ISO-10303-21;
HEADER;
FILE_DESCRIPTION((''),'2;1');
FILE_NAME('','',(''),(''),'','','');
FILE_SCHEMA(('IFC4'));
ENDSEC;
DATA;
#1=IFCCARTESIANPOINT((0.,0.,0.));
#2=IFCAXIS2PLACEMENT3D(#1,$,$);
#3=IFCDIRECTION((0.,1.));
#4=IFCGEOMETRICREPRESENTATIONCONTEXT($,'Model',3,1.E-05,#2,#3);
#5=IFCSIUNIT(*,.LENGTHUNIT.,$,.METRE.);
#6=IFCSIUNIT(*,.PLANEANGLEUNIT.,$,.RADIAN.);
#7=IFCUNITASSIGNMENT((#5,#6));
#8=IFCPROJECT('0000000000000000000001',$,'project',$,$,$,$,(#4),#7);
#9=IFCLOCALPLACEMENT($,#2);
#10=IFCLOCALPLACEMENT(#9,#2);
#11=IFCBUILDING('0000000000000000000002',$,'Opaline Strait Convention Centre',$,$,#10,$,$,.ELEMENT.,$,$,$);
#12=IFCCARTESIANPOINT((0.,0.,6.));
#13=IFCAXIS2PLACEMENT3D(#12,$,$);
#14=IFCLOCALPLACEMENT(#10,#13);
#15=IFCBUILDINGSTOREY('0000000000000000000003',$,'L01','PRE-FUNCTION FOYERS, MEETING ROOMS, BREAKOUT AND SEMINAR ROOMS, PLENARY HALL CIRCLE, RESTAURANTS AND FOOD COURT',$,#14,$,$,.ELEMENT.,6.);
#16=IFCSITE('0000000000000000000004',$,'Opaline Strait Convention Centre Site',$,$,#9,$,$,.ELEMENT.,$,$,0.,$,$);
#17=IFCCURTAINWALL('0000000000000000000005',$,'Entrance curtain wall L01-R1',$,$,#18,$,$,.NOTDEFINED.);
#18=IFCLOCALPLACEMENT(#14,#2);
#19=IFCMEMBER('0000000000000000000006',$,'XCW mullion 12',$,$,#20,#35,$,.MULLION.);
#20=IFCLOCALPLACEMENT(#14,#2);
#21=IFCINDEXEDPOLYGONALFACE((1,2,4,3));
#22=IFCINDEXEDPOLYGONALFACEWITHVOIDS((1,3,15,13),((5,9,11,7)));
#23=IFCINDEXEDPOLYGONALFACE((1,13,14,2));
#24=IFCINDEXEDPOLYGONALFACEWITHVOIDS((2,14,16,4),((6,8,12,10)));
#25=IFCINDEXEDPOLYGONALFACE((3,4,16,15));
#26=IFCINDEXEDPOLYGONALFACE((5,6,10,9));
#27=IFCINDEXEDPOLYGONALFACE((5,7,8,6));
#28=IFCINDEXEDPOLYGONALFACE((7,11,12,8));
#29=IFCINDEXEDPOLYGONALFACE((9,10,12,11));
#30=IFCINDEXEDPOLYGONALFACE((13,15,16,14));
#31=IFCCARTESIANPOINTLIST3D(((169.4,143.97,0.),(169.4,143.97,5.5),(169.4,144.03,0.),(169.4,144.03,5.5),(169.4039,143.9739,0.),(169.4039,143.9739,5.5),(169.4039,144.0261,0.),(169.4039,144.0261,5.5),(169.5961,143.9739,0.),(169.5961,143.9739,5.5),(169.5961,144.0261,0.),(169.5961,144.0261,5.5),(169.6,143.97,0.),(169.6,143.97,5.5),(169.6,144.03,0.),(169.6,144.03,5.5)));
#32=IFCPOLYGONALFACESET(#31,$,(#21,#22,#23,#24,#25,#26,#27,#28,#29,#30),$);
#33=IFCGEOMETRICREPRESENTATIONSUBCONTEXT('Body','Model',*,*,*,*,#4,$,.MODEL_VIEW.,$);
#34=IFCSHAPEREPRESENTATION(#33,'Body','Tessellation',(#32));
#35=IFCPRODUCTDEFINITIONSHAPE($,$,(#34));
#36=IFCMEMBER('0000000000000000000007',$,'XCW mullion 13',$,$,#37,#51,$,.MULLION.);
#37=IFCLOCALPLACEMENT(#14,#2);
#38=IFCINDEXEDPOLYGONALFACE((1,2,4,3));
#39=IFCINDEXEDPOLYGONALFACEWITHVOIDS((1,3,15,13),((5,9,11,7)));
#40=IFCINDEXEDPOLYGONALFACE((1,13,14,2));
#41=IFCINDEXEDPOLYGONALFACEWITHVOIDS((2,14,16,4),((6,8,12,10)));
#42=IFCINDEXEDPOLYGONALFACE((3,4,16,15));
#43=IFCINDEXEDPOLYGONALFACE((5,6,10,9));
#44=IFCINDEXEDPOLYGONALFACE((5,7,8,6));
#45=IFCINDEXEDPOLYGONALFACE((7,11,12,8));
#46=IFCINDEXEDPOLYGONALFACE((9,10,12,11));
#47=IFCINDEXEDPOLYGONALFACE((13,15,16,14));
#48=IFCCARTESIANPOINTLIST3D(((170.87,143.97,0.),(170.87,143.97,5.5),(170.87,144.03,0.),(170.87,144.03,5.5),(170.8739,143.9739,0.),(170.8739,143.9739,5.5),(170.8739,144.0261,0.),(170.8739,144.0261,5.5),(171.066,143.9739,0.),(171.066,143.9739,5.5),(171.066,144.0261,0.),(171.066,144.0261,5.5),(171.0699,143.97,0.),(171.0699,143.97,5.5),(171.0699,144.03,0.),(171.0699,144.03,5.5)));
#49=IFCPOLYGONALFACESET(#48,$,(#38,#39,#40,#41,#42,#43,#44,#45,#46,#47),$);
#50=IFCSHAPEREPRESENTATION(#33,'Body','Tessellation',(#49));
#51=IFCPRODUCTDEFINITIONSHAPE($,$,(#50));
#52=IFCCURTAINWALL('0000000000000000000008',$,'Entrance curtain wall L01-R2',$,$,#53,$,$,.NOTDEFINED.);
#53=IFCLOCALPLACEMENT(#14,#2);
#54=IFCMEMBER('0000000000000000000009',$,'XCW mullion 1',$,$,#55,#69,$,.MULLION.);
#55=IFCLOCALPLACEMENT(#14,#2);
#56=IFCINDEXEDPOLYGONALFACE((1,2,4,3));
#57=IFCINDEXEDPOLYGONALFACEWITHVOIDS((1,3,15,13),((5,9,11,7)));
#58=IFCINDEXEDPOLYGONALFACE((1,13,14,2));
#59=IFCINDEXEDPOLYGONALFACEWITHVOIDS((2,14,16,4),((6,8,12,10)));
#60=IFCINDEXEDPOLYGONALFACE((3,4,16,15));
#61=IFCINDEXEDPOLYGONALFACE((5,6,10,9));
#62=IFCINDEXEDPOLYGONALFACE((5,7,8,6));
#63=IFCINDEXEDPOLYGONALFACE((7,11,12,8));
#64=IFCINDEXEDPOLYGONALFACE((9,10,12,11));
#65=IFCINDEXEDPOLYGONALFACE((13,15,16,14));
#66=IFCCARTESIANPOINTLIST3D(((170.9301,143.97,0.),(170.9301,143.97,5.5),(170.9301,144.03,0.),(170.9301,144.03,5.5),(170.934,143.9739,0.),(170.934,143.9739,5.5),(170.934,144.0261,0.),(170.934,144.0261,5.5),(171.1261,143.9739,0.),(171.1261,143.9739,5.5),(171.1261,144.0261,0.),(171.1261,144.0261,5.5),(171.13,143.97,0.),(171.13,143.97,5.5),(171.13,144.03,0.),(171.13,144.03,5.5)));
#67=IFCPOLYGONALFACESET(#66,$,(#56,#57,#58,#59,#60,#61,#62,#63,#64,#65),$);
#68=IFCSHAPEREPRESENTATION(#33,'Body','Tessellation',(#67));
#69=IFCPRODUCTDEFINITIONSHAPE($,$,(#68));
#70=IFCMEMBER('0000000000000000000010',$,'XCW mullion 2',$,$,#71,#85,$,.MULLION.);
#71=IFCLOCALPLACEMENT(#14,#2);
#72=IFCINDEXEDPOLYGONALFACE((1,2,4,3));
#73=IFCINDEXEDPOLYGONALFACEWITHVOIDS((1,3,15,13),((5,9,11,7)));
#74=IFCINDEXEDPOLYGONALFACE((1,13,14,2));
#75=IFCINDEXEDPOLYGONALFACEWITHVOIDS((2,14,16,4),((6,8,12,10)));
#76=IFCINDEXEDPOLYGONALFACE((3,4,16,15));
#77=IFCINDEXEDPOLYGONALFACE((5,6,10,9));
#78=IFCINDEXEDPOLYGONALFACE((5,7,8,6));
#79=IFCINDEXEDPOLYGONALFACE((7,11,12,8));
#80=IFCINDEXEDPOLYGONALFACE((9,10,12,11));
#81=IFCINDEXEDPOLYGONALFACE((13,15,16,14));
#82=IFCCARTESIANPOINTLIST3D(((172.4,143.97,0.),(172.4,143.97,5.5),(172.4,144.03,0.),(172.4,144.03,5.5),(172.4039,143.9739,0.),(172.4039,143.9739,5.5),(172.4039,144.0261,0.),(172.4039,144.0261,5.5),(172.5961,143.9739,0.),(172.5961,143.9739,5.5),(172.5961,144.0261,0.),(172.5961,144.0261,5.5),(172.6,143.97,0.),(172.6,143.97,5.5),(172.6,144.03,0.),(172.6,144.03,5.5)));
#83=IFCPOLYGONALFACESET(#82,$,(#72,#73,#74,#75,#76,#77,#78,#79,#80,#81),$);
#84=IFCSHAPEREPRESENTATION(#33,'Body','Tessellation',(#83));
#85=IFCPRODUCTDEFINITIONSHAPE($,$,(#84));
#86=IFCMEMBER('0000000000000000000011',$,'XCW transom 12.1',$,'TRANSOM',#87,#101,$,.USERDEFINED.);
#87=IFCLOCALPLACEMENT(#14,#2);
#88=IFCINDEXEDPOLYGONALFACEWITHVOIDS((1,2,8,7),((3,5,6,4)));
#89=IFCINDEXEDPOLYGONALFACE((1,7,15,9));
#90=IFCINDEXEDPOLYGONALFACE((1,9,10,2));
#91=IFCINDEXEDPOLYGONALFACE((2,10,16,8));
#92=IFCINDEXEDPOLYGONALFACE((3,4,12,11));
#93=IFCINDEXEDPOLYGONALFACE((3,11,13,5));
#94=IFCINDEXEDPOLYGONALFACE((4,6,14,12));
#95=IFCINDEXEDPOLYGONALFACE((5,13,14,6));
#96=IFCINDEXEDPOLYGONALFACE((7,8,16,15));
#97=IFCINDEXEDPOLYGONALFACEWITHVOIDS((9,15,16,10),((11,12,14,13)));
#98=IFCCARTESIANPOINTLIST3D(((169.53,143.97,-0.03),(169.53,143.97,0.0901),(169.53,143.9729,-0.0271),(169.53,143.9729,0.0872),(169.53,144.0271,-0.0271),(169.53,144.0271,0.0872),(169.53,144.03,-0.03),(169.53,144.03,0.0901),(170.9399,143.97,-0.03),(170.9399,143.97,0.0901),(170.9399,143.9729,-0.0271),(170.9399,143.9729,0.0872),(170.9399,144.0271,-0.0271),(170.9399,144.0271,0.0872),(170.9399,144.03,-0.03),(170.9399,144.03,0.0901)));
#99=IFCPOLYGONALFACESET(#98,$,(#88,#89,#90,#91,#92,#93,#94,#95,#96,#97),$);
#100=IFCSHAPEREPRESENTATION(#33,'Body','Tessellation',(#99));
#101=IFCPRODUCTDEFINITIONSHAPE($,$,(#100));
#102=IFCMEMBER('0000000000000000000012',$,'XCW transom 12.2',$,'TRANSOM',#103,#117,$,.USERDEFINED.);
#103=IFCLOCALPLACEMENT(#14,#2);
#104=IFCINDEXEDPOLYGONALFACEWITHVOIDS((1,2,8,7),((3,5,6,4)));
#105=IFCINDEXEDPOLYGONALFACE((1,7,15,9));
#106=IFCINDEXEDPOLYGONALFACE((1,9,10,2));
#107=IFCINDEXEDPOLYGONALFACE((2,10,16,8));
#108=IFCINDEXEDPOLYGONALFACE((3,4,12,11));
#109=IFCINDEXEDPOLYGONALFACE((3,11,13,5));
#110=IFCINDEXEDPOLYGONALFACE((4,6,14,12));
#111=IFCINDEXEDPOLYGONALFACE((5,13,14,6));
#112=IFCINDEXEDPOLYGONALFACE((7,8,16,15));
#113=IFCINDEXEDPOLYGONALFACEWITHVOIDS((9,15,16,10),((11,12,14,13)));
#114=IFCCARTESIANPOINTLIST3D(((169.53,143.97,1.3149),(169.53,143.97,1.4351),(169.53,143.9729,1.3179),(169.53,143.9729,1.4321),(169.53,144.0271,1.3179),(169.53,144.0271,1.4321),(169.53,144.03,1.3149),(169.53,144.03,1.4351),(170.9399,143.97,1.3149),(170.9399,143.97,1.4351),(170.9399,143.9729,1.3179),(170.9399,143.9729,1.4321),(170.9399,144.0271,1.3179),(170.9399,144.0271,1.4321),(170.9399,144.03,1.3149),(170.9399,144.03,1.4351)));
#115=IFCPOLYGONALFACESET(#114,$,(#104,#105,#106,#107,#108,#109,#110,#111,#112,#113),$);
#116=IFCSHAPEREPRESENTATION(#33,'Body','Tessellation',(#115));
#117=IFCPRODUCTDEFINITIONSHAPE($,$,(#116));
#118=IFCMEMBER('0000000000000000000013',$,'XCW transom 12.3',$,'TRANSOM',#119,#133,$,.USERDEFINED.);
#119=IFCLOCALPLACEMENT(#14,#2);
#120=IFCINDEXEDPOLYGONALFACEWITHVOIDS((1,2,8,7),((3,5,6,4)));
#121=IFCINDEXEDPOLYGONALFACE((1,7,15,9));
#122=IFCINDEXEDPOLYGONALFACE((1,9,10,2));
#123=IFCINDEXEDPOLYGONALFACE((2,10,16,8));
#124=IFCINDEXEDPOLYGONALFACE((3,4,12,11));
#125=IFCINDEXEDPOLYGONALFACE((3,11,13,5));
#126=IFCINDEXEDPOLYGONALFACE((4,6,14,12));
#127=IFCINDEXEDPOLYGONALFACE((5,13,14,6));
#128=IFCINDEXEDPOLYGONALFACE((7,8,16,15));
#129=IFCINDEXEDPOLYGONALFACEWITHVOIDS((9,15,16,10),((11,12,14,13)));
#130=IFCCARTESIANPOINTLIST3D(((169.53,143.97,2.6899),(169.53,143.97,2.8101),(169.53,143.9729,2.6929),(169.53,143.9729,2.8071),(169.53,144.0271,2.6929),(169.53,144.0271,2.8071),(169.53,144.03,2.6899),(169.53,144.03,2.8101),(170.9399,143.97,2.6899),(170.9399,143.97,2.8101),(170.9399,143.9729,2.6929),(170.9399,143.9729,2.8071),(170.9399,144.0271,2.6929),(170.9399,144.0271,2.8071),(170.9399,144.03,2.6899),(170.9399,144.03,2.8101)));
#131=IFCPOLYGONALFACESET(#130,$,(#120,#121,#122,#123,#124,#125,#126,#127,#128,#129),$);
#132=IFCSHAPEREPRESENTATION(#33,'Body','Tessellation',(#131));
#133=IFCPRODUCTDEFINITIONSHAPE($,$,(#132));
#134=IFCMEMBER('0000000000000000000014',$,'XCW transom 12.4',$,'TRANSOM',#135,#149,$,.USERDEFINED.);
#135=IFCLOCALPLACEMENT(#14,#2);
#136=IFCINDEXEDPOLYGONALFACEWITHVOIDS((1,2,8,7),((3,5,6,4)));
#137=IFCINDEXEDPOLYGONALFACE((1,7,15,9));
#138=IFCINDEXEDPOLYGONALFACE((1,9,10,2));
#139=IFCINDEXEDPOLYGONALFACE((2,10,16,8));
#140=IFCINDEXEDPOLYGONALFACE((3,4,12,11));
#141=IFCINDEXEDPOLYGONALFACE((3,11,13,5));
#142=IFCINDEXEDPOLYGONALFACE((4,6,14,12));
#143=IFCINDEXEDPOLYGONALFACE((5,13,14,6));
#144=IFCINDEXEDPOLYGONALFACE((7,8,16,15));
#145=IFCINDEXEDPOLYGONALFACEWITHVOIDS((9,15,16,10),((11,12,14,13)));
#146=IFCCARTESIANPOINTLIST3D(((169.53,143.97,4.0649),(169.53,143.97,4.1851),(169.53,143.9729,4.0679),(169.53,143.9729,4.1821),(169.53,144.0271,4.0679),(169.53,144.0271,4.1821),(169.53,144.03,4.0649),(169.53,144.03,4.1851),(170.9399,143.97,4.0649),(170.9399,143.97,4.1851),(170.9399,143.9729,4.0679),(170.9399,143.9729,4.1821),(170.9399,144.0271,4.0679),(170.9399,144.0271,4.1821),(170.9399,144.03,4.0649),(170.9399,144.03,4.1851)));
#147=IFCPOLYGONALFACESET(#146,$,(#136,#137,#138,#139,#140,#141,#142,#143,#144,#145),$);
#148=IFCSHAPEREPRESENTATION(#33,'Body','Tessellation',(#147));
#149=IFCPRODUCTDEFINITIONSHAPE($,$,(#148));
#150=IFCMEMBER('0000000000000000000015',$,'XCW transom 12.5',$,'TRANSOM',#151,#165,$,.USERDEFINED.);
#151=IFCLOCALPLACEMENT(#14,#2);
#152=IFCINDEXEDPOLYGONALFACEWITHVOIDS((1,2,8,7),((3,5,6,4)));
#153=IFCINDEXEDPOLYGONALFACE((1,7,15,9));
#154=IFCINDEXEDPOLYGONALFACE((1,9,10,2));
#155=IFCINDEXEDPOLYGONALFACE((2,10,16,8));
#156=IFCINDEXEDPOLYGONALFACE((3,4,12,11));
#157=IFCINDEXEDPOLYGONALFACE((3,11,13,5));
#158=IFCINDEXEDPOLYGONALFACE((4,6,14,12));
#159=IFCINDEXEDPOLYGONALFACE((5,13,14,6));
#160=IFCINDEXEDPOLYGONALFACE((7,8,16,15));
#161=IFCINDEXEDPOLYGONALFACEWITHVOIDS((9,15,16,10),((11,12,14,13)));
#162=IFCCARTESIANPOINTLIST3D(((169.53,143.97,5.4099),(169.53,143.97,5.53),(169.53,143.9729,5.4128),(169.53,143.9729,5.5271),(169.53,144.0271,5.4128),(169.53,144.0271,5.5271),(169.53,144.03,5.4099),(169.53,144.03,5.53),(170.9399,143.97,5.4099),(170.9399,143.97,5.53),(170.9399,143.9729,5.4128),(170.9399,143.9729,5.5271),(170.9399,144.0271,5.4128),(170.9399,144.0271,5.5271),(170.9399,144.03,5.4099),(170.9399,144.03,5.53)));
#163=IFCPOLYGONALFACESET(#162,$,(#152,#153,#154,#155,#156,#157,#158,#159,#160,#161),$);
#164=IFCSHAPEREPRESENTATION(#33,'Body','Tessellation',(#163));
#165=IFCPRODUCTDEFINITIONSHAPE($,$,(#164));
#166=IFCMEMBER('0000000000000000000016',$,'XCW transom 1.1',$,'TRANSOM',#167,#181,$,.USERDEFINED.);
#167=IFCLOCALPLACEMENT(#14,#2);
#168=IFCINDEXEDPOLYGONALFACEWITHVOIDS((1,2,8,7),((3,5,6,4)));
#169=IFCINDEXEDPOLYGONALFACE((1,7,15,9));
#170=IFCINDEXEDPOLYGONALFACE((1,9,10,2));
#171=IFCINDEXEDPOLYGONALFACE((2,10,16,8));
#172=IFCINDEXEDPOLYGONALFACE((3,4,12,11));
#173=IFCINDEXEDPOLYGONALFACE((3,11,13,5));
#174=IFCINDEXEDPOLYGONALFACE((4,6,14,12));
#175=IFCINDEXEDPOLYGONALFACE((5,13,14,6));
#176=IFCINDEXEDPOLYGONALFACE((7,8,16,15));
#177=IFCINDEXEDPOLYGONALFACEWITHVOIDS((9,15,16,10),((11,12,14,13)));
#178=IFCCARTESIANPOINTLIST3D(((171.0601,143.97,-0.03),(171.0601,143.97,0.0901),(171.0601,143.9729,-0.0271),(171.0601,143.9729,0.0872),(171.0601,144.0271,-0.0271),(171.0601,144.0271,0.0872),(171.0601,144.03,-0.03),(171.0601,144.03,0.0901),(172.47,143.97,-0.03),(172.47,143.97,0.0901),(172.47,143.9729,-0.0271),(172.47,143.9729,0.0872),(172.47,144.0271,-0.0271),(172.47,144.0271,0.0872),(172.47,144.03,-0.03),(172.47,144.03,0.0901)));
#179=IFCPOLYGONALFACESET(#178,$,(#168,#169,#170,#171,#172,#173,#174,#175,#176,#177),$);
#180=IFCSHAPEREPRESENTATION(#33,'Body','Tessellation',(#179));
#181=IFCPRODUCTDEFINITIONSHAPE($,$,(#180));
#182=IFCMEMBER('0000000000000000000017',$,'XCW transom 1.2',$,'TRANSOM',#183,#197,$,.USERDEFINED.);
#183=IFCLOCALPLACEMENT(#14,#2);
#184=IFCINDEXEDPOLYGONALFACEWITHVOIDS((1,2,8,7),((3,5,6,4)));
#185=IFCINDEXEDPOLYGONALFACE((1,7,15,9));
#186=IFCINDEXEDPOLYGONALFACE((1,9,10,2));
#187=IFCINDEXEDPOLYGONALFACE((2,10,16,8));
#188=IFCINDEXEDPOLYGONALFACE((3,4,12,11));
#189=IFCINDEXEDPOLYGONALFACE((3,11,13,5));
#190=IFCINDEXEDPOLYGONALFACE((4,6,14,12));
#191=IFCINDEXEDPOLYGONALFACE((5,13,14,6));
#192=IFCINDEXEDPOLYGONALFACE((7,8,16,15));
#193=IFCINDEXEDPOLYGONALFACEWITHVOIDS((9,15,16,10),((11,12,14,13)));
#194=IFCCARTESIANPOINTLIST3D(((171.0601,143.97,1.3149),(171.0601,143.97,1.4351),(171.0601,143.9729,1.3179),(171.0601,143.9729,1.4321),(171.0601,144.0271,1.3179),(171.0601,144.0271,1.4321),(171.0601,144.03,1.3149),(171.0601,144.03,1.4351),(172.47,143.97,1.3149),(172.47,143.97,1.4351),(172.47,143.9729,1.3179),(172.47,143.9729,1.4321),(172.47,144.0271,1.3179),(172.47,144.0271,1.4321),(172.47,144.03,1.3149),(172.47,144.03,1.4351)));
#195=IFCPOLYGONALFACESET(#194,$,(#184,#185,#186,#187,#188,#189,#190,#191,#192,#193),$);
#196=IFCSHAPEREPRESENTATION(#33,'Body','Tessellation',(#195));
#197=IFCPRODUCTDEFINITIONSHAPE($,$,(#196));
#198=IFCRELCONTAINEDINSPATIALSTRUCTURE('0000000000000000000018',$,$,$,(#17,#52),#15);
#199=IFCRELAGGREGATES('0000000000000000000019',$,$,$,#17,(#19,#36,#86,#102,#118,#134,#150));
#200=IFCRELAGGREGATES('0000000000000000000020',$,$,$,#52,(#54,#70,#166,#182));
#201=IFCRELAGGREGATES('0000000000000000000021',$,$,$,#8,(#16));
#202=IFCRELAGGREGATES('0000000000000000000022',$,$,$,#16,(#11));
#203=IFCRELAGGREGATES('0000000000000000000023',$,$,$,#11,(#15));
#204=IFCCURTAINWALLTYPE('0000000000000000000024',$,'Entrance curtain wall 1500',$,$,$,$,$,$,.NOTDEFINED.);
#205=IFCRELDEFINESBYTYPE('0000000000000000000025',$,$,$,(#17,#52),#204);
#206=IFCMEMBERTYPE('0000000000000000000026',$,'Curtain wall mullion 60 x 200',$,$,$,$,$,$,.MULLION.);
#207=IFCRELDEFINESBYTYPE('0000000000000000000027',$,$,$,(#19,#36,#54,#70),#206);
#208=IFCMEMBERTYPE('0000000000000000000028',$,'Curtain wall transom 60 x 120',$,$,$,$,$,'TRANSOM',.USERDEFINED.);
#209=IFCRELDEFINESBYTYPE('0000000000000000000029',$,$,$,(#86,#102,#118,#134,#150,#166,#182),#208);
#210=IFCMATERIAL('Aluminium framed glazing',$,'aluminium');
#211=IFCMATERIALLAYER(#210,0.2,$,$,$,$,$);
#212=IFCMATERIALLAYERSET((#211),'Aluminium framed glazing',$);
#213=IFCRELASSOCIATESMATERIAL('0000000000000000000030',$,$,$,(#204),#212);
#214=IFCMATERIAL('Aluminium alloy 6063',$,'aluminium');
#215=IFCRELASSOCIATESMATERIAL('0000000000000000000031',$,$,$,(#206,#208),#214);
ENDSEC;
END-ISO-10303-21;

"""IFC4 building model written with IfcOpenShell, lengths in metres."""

from ifc_helpers import new_model, si_unit, direction, frame, origin, origin_2d, place, context, subcontext, project, spatial, hollow_rectangle, extrude, material, layer, layer_set, material_profile, profile_set, type_object, element, aggregate, save


model = new_model("IFC4")

# Units and contexts
model_context = context("Model", 3, precision=1e-05, world=origin(), true_north=direction((0.0, 1.0)))
body_context = subcontext(model_context, "Body", "Model", "MODEL_VIEW")
ifc_project = project(units=[si_unit("LENGTHUNIT", "METRE"), si_unit("PLANEANGLEUNIT", "RADIAN")], contexts=[model_context])

# Site, building, storey
site_placement = place(None, origin())
site = spatial("IfcSite", under=ifc_project, at=site_placement, Name="Opaline Strait Convention Centre Site", CompositionType="ELEMENT", RefElevation=0.0)
building_placement = place(site_placement, origin())
building = spatial("IfcBuilding", under=site, at=building_placement, Name="Opaline Strait Convention Centre", CompositionType="ELEMENT")
storey_placement = place(building_placement, frame((0.0, 0.0, 6.0)))
storey = spatial("IfcBuildingStorey", under=building, at=storey_placement, Name="L01", Description="PRE-FUNCTION FOYERS, MEETING ROOMS, BREAKOUT AND SEMINAR ROOMS, PLENARY HALL CIRCLE, RESTAURANTS AND FOOD COURT", CompositionType="ELEMENT", Elevation=6.0)

# Curtain walls, members
ifc_material_1 = material(Name="Aluminium framed glazing", Category="aluminium")
ifc_layer_1 = layer(ifc_material_1, 0.2)
ifc_layer_set_1 = layer_set([ifc_layer_1], Name="Aluminium framed glazing")
curtain_wall_type = type_object("IfcCurtainWallType", Name="Entrance curtain wall 1500", PredefinedType="NOTDEFINED", material=ifc_layer_set_1)
curtain_wall_1_placement = place(storey_placement, origin())
curtain_wall_1 = element("IfcCurtainWall", 1, at=curtain_wall_1_placement, inside=storey, type_object=curtain_wall_type, Name="Entrance curtain wall L01-R1", PredefinedType="NOTDEFINED")
ifc_material_2 = material(Name="Aluminium alloy 6063", Category="aluminium")
ifc_material_profile_1 = material_profile(ifc_material_2, hollow_rectangle(XDim=0.0601, YDim=0.2, WallThickness=0.0039, at=origin_2d()), Name="MULLION 60x200x4")
ifc_profile_set_1 = profile_set([ifc_material_profile_1], Name="Aluminium alloy 6063")
member_type_1 = type_object("IfcMemberType", Name="Curtain wall mullion 60 x 200", PredefinedType="MULLION", material=ifc_profile_set_1)
member_1_placement = place(storey_placement, frame((169.5, 144.0, 0.0), z_axis=(0.0, 0.0, 1.0), x_axis=(0.0, 1.0, 0.0)))
member_1 = element("IfcMember", 2, at=member_1_placement, type_object=member_type_1, Name="XCW mullion 12", PredefinedType="MULLION", context=body_context, shape_type="SweptSolid", body=[
    extrude(hollow_rectangle(XDim=0.0601, YDim=0.2, WallThickness=0.0039, at=origin_2d()), origin(), (0.0, 0.0, 1.0), 5.5),
])
member_2_placement = place(storey_placement, frame((170.97, 144.0, 0.0), z_axis=(0.0, 0.0, 1.0), x_axis=(0.0, 1.0, 0.0)))
member_2 = element("IfcMember", 3, at=member_2_placement, type_object=member_type_1, Name="XCW mullion 13", PredefinedType="MULLION", context=body_context, shape_type="SweptSolid", body=[
    extrude(hollow_rectangle(XDim=0.0601, YDim=0.2, WallThickness=0.0039, at=origin_2d()), origin(), (0.0, 0.0, 1.0), 5.5),
])
curtain_wall_2_placement = place(storey_placement, origin())
curtain_wall_2 = element("IfcCurtainWall", 4, at=curtain_wall_2_placement, inside=storey, type_object=curtain_wall_type, Name="Entrance curtain wall L01-R2", PredefinedType="NOTDEFINED")
member_3_placement = place(storey_placement, frame((171.03, 144.0, 0.0), z_axis=(0.0, 0.0, 1.0), x_axis=(0.0, 1.0, 0.0)))
member_3 = element("IfcMember", 5, at=member_3_placement, type_object=member_type_1, Name="XCW mullion 1", PredefinedType="MULLION", context=body_context, shape_type="SweptSolid", body=[
    extrude(hollow_rectangle(XDim=0.0601, YDim=0.2, WallThickness=0.0039, at=origin_2d()), origin(), (0.0, 0.0, 1.0), 5.5),
])
member_4_placement = place(storey_placement, frame((172.5, 144.0, 0.0), z_axis=(0.0, 0.0, 1.0), x_axis=(0.0, 1.0, 0.0)))
member_4 = element("IfcMember", 6, at=member_4_placement, type_object=member_type_1, Name="XCW mullion 2", PredefinedType="MULLION", context=body_context, shape_type="SweptSolid", body=[
    extrude(hollow_rectangle(XDim=0.0601, YDim=0.2, WallThickness=0.0039, at=origin_2d()), origin(), (0.0, 0.0, 1.0), 5.5),
])

# Members
ifc_material_profile_2 = material_profile(ifc_material_2, hollow_rectangle(XDim=0.0601, YDim=0.1201, WallThickness=0.0029, at=origin_2d()), Name="TRANSOM 60x120x3")
ifc_profile_set_2 = profile_set([ifc_material_profile_2], Name="Aluminium alloy 6063")
member_type_2 = type_object("IfcMemberType", Name="Curtain wall transom 60 x 120", ElementType="TRANSOM", PredefinedType="USERDEFINED", material=ifc_profile_set_2)
member_5_placement = place(storey_placement, frame((169.53, 144.0, 0.03), z_axis=(1.0, 0.0, 0.0), x_axis=(0.0, 1.0, 0.0)))
member_5 = element("IfcMember", 7, at=member_5_placement, type_object=member_type_2, Name="XCW transom 12.1", ObjectType="TRANSOM", PredefinedType="USERDEFINED", context=body_context, shape_type="SweptSolid", body=[
    extrude(hollow_rectangle(XDim=0.0601, YDim=0.1201, WallThickness=0.0029, at=origin_2d()), origin(), (0.0, 0.0, 1.0), 1.4099),
])
member_6_placement = place(storey_placement, frame((169.53, 144.0, 1.375), z_axis=(1.0, 0.0, 0.0), x_axis=(0.0, 1.0, 0.0)))
member_6 = element("IfcMember", 8, at=member_6_placement, type_object=member_type_2, Name="XCW transom 12.2", ObjectType="TRANSOM", PredefinedType="USERDEFINED", context=body_context, shape_type="SweptSolid", body=[
    extrude(hollow_rectangle(XDim=0.0601, YDim=0.1201, WallThickness=0.0029, at=origin_2d()), origin(), (0.0, 0.0, 1.0), 1.4099),
])
member_7_placement = place(storey_placement, frame((169.53, 144.0, 2.75), z_axis=(1.0, 0.0, 0.0), x_axis=(0.0, 1.0, 0.0)))
member_7 = element("IfcMember", 9, at=member_7_placement, type_object=member_type_2, Name="XCW transom 12.3", ObjectType="TRANSOM", PredefinedType="USERDEFINED", context=body_context, shape_type="SweptSolid", body=[
    extrude(hollow_rectangle(XDim=0.0601, YDim=0.1201, WallThickness=0.0029, at=origin_2d()), origin(), (0.0, 0.0, 1.0), 1.4099),
])
member_8_placement = place(storey_placement, frame((169.53, 144.0, 4.125), z_axis=(1.0, 0.0, 0.0), x_axis=(0.0, 1.0, 0.0)))
member_8 = element("IfcMember", 10, at=member_8_placement, type_object=member_type_2, Name="XCW transom 12.4", ObjectType="TRANSOM", PredefinedType="USERDEFINED", context=body_context, shape_type="SweptSolid", body=[
    extrude(hollow_rectangle(XDim=0.0601, YDim=0.1201, WallThickness=0.0029, at=origin_2d()), origin(), (0.0, 0.0, 1.0), 1.4099),
])
member_9_placement = place(storey_placement, frame((169.53, 144.0, 5.47), z_axis=(1.0, 0.0, 0.0), x_axis=(0.0, 1.0, 0.0)))
member_9 = element("IfcMember", 11, at=member_9_placement, type_object=member_type_2, Name="XCW transom 12.5", ObjectType="TRANSOM", PredefinedType="USERDEFINED", context=body_context, shape_type="SweptSolid", body=[
    extrude(hollow_rectangle(XDim=0.0601, YDim=0.1201, WallThickness=0.0029, at=origin_2d()), origin(), (0.0, 0.0, 1.0), 1.4099),
])
member_10_placement = place(storey_placement, frame((171.0601, 144.0, 0.03), z_axis=(1.0, 0.0, 0.0), x_axis=(0.0, 1.0, 0.0)))
member_10 = element("IfcMember", 12, at=member_10_placement, type_object=member_type_2, Name="XCW transom 1.1", ObjectType="TRANSOM", PredefinedType="USERDEFINED", context=body_context, shape_type="SweptSolid", body=[
    extrude(hollow_rectangle(XDim=0.0601, YDim=0.1201, WallThickness=0.0029, at=origin_2d()), origin(), (0.0, 0.0, 1.0), 1.4099),
])
member_11_placement = place(storey_placement, frame((171.0601, 144.0, 1.375), z_axis=(1.0, 0.0, 0.0), x_axis=(0.0, 1.0, 0.0)))
member_11 = element("IfcMember", 13, at=member_11_placement, type_object=member_type_2, Name="XCW transom 1.2", ObjectType="TRANSOM", PredefinedType="USERDEFINED", context=body_context, shape_type="SweptSolid", body=[
    extrude(hollow_rectangle(XDim=0.0601, YDim=0.1201, WallThickness=0.0029, at=origin_2d()), origin(), (0.0, 0.0, 1.0), 1.4099),
])

aggregate(curtain_wall_1, [member_1, member_2, member_5, member_6, member_7, member_8, member_9])
aggregate(curtain_wall_2, [member_3, member_4, member_10, member_11])

save(model, "model.ifc")
